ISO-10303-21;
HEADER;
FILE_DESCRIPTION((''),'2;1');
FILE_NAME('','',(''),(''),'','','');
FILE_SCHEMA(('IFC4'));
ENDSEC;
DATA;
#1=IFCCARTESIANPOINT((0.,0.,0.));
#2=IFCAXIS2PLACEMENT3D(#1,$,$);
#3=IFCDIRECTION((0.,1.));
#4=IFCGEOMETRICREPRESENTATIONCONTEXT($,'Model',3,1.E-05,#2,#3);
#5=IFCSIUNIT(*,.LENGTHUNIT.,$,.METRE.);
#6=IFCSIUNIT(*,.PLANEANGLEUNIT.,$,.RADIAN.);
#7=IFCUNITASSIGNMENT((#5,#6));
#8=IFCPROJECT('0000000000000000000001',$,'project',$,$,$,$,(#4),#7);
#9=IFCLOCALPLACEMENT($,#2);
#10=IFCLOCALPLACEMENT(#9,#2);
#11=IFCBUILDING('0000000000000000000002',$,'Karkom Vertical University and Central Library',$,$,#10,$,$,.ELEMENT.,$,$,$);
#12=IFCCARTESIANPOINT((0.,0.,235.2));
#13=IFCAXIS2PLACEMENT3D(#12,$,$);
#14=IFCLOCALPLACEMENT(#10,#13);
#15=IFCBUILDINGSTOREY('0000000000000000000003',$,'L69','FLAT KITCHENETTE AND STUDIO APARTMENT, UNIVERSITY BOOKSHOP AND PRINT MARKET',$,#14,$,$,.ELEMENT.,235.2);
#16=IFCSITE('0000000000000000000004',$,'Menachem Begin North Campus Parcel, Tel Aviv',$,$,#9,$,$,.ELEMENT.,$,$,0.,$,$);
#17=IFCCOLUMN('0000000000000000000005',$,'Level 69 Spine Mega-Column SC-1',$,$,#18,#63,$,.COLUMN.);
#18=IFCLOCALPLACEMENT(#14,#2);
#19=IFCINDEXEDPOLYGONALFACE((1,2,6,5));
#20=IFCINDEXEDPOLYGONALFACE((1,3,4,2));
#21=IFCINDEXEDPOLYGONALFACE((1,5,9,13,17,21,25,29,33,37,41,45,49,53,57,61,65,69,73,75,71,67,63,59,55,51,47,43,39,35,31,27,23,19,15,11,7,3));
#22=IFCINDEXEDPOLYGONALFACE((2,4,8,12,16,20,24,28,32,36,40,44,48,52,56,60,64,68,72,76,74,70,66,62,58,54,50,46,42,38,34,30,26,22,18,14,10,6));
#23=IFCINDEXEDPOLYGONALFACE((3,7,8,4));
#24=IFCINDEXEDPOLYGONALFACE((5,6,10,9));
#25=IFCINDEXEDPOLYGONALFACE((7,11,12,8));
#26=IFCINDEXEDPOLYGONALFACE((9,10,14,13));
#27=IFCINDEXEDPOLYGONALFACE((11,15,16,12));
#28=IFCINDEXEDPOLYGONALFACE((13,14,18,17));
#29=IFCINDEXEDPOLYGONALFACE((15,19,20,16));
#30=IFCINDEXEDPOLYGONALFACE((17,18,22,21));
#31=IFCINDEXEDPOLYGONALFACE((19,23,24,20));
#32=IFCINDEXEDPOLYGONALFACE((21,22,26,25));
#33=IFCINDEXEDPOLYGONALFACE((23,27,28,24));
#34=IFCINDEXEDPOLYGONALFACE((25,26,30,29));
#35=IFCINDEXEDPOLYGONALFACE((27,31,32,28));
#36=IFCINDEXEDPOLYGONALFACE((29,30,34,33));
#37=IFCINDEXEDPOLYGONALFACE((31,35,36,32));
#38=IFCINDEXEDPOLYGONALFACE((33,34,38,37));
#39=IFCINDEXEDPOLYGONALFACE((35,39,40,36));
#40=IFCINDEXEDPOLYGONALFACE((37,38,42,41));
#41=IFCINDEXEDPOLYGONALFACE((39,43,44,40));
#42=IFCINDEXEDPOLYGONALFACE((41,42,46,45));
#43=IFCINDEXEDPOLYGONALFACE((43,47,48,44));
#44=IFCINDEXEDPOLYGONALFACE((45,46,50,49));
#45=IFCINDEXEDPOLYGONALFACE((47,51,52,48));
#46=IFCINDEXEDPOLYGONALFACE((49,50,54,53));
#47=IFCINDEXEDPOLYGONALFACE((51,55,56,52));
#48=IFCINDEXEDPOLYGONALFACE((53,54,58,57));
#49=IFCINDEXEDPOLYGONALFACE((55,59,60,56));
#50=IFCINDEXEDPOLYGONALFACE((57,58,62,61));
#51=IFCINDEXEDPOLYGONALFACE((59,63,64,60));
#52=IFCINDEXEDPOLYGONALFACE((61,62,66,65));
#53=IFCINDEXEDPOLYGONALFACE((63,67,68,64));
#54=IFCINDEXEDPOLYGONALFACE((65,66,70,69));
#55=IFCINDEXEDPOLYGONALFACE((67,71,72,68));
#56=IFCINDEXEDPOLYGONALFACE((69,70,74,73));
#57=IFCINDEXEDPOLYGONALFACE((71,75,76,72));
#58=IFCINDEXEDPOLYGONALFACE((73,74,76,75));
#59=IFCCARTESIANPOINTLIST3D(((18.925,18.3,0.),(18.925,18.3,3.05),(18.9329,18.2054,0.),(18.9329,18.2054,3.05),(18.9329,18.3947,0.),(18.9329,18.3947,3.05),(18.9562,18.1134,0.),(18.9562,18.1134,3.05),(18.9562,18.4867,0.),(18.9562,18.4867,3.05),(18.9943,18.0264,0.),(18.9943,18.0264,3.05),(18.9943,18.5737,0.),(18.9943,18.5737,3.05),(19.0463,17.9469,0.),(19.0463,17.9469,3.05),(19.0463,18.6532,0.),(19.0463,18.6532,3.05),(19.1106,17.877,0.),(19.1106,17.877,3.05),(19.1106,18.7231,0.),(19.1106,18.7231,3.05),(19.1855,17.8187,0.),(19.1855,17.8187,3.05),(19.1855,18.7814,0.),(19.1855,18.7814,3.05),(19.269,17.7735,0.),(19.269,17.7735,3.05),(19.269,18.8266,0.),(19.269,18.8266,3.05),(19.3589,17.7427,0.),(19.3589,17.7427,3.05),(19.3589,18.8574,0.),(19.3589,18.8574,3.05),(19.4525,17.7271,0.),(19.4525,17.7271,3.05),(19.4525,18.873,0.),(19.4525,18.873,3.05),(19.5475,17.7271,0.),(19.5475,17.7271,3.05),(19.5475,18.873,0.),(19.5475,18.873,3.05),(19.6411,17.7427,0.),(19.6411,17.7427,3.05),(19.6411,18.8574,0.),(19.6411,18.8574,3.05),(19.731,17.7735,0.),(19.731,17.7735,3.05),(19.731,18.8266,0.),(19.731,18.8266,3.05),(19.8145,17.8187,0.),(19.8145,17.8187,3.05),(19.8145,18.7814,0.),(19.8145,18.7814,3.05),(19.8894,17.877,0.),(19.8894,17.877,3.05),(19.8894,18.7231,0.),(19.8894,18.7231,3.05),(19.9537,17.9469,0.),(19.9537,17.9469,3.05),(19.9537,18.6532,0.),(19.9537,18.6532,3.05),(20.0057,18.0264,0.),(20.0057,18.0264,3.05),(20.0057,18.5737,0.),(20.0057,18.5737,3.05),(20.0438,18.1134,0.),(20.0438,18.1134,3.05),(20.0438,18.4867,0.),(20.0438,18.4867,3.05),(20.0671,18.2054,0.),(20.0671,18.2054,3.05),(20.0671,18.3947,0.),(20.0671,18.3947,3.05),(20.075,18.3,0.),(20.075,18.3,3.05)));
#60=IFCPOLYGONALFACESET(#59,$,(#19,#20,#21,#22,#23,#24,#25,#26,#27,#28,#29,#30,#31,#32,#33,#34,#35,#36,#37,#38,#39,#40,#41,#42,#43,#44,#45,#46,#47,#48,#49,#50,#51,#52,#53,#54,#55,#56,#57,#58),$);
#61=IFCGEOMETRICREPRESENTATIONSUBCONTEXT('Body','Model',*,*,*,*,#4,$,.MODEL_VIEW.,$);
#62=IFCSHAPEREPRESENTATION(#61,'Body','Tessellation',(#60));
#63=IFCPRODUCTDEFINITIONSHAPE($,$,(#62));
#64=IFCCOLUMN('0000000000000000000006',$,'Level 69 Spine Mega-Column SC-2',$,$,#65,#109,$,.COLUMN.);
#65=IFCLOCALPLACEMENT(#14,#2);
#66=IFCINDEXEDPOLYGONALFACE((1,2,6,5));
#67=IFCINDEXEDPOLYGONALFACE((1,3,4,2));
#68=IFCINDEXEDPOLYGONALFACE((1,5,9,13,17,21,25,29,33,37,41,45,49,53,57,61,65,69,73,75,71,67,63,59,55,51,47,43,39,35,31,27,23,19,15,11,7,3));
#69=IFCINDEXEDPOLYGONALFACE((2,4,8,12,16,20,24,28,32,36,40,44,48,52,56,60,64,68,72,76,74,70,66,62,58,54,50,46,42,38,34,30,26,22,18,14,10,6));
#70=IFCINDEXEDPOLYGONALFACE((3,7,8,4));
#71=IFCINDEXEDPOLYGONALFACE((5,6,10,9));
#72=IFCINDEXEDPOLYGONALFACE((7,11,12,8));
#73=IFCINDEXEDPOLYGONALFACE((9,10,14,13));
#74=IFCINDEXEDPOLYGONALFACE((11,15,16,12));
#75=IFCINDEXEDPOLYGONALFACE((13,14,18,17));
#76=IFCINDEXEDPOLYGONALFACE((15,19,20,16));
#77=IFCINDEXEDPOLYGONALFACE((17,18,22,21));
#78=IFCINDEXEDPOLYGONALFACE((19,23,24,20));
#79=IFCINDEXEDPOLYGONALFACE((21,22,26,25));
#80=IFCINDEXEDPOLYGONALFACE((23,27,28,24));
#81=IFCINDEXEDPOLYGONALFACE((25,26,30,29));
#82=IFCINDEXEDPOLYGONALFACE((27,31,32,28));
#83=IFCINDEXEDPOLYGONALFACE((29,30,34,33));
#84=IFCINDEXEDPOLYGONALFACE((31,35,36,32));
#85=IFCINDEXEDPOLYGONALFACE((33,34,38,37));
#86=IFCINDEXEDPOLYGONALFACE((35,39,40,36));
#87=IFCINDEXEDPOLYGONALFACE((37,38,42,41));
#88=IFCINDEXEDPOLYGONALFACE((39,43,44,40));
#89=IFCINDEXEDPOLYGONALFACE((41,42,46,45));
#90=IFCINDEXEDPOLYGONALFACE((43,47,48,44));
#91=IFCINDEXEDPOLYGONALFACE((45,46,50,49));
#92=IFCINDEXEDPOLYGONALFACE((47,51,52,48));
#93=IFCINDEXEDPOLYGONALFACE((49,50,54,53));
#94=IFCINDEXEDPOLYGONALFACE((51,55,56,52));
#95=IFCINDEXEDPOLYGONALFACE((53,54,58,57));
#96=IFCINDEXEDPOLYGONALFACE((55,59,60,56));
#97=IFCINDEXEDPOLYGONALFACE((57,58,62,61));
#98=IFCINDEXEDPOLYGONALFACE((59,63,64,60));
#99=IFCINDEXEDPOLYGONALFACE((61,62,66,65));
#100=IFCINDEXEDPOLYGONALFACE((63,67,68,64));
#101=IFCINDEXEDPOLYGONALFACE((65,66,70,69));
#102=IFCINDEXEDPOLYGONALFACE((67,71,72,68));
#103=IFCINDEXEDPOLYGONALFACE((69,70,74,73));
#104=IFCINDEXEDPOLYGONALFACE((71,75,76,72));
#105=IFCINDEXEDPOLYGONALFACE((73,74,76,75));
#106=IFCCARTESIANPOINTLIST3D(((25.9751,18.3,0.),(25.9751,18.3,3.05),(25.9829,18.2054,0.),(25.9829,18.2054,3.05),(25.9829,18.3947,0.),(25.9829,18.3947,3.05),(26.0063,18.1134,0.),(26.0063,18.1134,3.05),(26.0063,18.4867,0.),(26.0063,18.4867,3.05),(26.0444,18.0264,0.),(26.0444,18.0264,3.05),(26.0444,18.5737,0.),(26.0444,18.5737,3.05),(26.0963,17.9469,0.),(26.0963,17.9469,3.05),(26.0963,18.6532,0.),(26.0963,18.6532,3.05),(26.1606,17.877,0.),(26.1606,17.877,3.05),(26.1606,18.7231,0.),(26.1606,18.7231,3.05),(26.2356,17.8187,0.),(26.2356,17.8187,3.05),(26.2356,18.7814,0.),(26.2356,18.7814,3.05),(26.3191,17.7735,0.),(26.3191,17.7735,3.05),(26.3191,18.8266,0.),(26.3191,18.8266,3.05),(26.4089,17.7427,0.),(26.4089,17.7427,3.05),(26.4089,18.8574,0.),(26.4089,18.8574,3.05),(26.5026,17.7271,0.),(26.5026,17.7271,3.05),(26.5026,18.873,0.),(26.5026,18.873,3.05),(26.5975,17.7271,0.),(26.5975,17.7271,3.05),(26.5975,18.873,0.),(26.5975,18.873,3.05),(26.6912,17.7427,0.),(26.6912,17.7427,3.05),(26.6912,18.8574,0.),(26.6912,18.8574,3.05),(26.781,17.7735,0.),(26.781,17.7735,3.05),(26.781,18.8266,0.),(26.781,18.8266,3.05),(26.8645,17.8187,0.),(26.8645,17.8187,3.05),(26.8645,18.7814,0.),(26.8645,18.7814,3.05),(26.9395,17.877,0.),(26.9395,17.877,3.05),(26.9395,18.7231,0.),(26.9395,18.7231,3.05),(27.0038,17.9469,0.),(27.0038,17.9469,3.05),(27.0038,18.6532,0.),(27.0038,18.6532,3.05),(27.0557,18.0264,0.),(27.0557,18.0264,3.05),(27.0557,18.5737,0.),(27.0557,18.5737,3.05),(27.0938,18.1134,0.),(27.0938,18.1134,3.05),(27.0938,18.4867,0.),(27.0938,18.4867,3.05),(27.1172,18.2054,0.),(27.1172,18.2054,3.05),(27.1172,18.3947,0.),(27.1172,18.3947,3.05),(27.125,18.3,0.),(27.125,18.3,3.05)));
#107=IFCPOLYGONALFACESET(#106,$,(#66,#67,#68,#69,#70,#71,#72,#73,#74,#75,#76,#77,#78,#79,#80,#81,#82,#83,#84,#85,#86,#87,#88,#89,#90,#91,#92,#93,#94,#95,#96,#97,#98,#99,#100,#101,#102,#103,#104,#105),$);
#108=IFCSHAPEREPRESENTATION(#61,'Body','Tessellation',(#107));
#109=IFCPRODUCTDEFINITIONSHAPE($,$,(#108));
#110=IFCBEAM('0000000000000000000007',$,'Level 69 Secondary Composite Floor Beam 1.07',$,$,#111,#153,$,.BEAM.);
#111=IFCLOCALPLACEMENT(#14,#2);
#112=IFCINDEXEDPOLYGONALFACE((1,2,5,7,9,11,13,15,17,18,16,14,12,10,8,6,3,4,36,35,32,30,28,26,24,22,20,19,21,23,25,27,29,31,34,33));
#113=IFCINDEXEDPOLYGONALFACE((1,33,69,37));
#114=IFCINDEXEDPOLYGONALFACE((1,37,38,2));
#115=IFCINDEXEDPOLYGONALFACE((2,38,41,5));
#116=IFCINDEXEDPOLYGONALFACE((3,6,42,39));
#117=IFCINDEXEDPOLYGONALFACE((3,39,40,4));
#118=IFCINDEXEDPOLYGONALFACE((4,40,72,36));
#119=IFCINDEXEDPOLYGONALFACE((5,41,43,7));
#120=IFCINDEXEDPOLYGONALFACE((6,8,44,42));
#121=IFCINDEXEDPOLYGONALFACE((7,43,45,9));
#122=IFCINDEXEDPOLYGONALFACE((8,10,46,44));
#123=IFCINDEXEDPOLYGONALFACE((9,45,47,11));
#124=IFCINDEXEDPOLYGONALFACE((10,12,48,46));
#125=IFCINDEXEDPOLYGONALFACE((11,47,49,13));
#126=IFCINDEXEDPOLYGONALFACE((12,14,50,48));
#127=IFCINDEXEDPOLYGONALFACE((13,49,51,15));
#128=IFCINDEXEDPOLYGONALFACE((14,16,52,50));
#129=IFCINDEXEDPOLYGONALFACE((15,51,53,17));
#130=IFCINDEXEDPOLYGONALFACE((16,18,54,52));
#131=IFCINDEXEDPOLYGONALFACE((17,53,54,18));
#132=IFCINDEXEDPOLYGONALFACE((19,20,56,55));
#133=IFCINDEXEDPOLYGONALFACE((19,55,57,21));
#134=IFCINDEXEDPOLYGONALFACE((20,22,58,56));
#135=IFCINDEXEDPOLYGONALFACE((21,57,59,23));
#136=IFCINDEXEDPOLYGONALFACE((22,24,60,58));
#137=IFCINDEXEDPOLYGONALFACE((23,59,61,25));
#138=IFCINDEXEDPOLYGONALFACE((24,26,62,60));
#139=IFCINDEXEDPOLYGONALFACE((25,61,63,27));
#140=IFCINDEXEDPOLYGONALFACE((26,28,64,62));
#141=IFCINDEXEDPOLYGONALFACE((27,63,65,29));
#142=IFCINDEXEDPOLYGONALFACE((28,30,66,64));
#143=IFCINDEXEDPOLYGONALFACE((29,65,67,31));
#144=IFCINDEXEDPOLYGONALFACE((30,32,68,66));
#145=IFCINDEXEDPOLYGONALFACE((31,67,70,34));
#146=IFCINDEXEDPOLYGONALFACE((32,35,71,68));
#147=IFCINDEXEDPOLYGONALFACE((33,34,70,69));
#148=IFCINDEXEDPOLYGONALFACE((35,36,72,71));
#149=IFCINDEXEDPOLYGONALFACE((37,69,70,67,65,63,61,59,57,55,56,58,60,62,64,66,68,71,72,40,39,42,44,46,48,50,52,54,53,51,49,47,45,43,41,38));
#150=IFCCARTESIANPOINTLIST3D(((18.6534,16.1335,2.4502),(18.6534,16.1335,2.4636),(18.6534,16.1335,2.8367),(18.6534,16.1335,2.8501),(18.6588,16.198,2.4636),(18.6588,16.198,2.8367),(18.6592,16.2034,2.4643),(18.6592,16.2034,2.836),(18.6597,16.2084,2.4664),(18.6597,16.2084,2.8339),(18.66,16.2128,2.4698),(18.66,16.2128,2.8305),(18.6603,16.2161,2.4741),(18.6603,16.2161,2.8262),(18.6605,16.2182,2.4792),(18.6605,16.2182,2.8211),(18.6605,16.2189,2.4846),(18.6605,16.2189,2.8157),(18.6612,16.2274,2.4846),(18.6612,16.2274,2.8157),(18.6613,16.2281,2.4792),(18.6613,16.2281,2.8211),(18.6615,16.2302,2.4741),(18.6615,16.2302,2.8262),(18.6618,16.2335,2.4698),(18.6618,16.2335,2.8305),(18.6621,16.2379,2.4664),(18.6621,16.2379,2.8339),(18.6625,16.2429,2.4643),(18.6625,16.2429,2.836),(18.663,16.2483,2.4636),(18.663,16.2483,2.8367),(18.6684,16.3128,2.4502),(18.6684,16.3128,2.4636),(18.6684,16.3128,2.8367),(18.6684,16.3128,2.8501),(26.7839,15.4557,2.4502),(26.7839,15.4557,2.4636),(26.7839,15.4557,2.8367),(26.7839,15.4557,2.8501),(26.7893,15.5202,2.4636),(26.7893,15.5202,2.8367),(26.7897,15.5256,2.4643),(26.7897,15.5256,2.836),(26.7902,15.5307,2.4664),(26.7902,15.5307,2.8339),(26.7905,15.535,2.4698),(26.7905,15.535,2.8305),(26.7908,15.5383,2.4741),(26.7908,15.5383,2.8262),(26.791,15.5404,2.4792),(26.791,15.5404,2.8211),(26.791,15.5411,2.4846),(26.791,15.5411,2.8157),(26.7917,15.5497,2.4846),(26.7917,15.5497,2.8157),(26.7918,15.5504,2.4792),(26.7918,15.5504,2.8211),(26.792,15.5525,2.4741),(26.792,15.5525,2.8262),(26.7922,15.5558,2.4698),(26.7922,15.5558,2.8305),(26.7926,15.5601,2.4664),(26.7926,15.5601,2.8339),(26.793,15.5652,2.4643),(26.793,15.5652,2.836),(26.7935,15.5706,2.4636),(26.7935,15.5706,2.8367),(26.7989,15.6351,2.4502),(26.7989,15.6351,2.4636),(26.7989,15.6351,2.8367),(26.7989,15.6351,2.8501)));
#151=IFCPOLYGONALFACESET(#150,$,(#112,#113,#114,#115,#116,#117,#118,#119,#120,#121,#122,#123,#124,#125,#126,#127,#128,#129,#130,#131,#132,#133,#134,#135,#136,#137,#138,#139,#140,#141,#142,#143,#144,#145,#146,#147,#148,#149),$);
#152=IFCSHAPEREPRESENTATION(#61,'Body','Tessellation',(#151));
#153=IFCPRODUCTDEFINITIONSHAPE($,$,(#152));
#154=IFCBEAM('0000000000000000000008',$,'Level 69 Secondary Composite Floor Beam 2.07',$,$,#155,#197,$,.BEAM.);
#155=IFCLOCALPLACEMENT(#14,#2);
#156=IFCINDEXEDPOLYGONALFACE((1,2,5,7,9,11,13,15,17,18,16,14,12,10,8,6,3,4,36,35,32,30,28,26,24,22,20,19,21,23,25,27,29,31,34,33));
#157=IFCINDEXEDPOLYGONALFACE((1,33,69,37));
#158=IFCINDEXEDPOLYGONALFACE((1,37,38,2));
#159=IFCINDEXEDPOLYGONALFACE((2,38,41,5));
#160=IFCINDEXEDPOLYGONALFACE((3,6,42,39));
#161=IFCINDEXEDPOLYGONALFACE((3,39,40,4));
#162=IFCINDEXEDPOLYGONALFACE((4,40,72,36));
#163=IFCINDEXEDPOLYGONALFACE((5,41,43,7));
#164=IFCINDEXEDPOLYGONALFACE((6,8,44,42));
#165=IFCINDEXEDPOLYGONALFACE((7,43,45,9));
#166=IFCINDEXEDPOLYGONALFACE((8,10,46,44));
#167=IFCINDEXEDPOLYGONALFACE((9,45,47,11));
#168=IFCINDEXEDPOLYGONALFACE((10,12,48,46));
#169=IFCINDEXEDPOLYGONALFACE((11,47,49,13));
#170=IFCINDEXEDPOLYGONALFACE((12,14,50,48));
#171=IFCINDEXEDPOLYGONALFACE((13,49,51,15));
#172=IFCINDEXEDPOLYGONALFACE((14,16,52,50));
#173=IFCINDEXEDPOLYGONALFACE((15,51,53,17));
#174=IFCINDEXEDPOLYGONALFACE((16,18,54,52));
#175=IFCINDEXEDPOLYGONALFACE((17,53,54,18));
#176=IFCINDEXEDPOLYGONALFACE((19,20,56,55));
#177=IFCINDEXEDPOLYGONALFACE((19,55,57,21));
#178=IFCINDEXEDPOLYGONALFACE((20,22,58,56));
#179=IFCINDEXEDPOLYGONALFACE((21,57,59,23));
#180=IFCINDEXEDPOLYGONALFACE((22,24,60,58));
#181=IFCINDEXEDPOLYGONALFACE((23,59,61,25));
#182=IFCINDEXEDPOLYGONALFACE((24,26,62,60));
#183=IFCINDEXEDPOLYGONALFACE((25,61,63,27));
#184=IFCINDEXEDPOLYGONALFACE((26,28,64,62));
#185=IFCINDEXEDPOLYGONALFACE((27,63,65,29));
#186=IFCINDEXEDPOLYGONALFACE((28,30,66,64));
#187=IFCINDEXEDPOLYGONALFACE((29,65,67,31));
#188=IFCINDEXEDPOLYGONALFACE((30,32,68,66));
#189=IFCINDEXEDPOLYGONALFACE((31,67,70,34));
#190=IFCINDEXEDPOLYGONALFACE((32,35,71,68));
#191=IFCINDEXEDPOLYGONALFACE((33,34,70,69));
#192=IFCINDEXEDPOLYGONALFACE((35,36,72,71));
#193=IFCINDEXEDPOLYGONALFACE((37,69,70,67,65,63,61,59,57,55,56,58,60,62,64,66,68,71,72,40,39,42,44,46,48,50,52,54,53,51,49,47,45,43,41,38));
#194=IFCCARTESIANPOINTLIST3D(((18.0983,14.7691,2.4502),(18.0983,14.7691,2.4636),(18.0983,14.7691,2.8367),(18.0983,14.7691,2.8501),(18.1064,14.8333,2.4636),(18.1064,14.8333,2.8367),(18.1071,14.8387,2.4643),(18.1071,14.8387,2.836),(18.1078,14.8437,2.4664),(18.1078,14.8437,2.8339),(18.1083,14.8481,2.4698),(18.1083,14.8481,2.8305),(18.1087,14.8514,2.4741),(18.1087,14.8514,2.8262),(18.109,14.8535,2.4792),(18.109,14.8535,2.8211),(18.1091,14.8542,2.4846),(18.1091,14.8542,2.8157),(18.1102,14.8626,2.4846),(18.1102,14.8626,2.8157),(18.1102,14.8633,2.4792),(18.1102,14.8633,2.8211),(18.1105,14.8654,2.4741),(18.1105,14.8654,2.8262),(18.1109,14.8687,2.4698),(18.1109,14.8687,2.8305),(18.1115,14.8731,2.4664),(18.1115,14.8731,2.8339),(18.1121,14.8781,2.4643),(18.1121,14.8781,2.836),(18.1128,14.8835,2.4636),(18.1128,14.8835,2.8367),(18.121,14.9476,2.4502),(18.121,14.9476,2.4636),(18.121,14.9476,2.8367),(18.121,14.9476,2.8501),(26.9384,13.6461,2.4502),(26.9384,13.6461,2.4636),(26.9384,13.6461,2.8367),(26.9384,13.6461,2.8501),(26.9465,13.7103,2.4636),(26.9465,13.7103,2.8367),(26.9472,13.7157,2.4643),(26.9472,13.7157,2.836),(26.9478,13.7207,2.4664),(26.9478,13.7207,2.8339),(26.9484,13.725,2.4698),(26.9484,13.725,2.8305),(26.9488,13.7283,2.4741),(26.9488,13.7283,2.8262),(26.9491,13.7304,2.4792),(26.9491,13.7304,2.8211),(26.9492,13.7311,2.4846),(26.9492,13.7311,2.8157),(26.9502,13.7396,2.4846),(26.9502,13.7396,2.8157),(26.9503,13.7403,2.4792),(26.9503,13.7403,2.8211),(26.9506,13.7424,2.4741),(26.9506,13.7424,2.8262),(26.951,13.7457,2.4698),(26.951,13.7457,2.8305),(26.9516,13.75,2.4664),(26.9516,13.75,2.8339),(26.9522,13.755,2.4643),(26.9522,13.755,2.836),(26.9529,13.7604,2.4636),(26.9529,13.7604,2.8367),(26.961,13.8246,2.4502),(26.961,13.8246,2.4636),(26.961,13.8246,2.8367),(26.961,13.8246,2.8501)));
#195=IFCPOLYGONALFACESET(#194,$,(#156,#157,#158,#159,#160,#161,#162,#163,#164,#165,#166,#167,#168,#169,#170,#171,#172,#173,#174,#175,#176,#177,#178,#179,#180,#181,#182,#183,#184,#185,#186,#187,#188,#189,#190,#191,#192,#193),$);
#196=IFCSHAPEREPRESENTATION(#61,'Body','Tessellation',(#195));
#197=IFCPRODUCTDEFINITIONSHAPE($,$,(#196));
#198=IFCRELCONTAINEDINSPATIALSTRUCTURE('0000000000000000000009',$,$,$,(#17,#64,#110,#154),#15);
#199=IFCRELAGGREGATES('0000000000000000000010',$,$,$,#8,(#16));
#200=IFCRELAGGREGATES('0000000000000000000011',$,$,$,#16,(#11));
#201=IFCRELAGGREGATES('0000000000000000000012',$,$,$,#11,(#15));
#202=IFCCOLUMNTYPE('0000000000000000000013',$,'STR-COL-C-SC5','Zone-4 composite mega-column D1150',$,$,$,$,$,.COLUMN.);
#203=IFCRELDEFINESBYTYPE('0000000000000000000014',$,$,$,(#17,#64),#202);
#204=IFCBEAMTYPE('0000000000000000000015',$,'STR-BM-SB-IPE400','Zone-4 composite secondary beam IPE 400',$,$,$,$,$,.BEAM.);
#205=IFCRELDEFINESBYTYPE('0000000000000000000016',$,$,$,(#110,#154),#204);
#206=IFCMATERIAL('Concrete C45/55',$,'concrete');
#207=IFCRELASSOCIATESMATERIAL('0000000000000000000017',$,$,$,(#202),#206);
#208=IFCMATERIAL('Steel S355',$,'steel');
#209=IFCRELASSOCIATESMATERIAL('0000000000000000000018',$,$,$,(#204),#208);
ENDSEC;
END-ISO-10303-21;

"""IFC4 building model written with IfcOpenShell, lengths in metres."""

from ifc_helpers import new_model, si_unit, direction, frame, origin, origin_with_axes, origin_2d, place, context, subcontext, project, spatial, circle, i_section, extrude, source, transform, mapped, material, material_profile, profile_set, type_object, element, save


model = new_model("IFC4")

# Units and contexts
model_context = context("Model", 3, precision=1e-05, world=origin(), true_north=direction((0.0, 1.0)))
body_context = subcontext(model_context, "Body", "Model", "MODEL_VIEW")
ifc_project = project(units=[si_unit("LENGTHUNIT", "METRE"), si_unit("PLANEANGLEUNIT", "RADIAN")], contexts=[model_context])

# Site, building, storey
site_placement = place(None, origin())
site = spatial("IfcSite", under=ifc_project, at=site_placement, Name="Menachem Begin North Campus Parcel, Tel Aviv", CompositionType="ELEMENT", RefElevation=0.0)
building_placement = place(site_placement, origin())
building = spatial("IfcBuilding", under=site, at=building_placement, Name="Karkom Vertical University and Central Library", CompositionType="ELEMENT")
storey_placement = place(building_placement, frame((0.0, 0.0, 235.2)))
storey = spatial("IfcBuildingStorey", under=building, at=storey_placement, Name="L69", Description="FLAT KITCHENETTE AND STUDIO APARTMENT, UNIVERSITY BOOKSHOP AND PRINT MARKET", CompositionType="ELEMENT", Elevation=235.2)

# Columns
ifc_material_1 = material(Name="Concrete C45/55", Category="concrete")
ifc_material_profile_1 = material_profile(ifc_material_1, circle(Radius=0.575, at=origin_2d()), Name="CFT-D1150")
ifc_profile_set_1 = profile_set([ifc_material_profile_1], Name="Concrete C45/55")
column_type = type_object("IfcColumnType", Name="STR-COL-C-SC5", Description="Zone-4 composite mega-column D1150", PredefinedType="COLUMN", material=ifc_profile_set_1)
shared_shape_1 = source(origin_with_axes(), body_context, "Body", "SweptSolid", [
    extrude(circle(Radius=0.575, at=origin_2d()), origin(), (0.0, 0.0, 1.0), 3.05),
])
for number, where, z_axis, x_axis, name in (
    (1, (19.5, 18.3, 0.0), (0.0, 0.0, 1.0), (1.0, 0.0, 0.0), "Level 69 Spine Mega-Column SC-1"),
    (2, (26.55, 18.3, 0.0), (0.0, 0.0, 1.0), (1.0, 0.0, 0.0), "Level 69 Spine Mega-Column SC-2"),
):
    element("IfcColumn", number, at=place(storey_placement, frame(where, z_axis=z_axis, x_axis=x_axis)), inside=storey, type_object=column_type, Name=name, PredefinedType="COLUMN", context=body_context, shape_type="MappedRepresentation", body=[
        mapped(shared_shape_1, transform((0.0, 0.0, 0.0), scale=1.0)),
    ])

# Beams
ifc_material_2 = material(Name="Steel S355", Category="steel")
ifc_material_profile_2 = material_profile(ifc_material_2, i_section(OverallWidth=0.1799, OverallDepth=0.3999, WebThickness=0.0085, FlangeThickness=0.0134, FilletRadius=0.021, at=origin_2d()), Name="IPE 400")
ifc_profile_set_2 = profile_set([ifc_material_profile_2], Name="Steel S355")
beam_type_1 = type_object("IfcBeamType", Name="STR-BM-SB-IPE400", Description="Zone-4 composite secondary beam IPE 400", PredefinedType="BEAM", material=ifc_profile_set_2)
shared_shape_2 = source(origin_with_axes(), body_context, "Body", "SweptSolid", [
    extrude(i_section(OverallWidth=0.1799, OverallDepth=0.3999, WebThickness=0.0085, FlangeThickness=0.0134, FilletRadius=0.021, at=origin_2d()), origin(), (0.0, 0.0, 1.0), 8.1587),
])
beam_1_placement = place(storey_placement, frame((18.6609, 16.2231, 2.6501), z_axis=(0.996544, -0.08307, 0.0), x_axis=(0.08307, 0.996544, 0.0)))
element("IfcBeam", 3, at=beam_1_placement, inside=storey, type_object=beam_type_1, Name="Level 69 Secondary Composite Floor Beam 1.07", PredefinedType="BEAM", context=body_context, shape_type="MappedRepresentation", body=[
    mapped(shared_shape_2, transform((0.0, 0.0, 0.0), scale=1.0)),
])
shared_shape_3 = source(origin_with_axes(), body_context, "Body", "SweptSolid", [
    extrude(i_section(OverallWidth=0.1799, OverallDepth=0.3999, WebThickness=0.0085, FlangeThickness=0.0134, FilletRadius=0.021, at=origin_2d()), origin(), (0.0, 0.0, 1.0), 8.9111),
])
beam_2_placement = place(storey_placement, frame((18.1096, 14.8584, 2.6501), z_axis=(0.992027, -0.126027, 0.0), x_axis=(0.126027, 0.992027, 0.0)))
element("IfcBeam", 4, at=beam_2_placement, inside=storey, type_object=beam_type_1, Name="Level 69 Secondary Composite Floor Beam 2.07", PredefinedType="BEAM", context=body_context, shape_type="MappedRepresentation", body=[
    mapped(shared_shape_3, transform((0.0, 0.0, 0.0), scale=1.0)),
])

save(model, "model.ifc")
